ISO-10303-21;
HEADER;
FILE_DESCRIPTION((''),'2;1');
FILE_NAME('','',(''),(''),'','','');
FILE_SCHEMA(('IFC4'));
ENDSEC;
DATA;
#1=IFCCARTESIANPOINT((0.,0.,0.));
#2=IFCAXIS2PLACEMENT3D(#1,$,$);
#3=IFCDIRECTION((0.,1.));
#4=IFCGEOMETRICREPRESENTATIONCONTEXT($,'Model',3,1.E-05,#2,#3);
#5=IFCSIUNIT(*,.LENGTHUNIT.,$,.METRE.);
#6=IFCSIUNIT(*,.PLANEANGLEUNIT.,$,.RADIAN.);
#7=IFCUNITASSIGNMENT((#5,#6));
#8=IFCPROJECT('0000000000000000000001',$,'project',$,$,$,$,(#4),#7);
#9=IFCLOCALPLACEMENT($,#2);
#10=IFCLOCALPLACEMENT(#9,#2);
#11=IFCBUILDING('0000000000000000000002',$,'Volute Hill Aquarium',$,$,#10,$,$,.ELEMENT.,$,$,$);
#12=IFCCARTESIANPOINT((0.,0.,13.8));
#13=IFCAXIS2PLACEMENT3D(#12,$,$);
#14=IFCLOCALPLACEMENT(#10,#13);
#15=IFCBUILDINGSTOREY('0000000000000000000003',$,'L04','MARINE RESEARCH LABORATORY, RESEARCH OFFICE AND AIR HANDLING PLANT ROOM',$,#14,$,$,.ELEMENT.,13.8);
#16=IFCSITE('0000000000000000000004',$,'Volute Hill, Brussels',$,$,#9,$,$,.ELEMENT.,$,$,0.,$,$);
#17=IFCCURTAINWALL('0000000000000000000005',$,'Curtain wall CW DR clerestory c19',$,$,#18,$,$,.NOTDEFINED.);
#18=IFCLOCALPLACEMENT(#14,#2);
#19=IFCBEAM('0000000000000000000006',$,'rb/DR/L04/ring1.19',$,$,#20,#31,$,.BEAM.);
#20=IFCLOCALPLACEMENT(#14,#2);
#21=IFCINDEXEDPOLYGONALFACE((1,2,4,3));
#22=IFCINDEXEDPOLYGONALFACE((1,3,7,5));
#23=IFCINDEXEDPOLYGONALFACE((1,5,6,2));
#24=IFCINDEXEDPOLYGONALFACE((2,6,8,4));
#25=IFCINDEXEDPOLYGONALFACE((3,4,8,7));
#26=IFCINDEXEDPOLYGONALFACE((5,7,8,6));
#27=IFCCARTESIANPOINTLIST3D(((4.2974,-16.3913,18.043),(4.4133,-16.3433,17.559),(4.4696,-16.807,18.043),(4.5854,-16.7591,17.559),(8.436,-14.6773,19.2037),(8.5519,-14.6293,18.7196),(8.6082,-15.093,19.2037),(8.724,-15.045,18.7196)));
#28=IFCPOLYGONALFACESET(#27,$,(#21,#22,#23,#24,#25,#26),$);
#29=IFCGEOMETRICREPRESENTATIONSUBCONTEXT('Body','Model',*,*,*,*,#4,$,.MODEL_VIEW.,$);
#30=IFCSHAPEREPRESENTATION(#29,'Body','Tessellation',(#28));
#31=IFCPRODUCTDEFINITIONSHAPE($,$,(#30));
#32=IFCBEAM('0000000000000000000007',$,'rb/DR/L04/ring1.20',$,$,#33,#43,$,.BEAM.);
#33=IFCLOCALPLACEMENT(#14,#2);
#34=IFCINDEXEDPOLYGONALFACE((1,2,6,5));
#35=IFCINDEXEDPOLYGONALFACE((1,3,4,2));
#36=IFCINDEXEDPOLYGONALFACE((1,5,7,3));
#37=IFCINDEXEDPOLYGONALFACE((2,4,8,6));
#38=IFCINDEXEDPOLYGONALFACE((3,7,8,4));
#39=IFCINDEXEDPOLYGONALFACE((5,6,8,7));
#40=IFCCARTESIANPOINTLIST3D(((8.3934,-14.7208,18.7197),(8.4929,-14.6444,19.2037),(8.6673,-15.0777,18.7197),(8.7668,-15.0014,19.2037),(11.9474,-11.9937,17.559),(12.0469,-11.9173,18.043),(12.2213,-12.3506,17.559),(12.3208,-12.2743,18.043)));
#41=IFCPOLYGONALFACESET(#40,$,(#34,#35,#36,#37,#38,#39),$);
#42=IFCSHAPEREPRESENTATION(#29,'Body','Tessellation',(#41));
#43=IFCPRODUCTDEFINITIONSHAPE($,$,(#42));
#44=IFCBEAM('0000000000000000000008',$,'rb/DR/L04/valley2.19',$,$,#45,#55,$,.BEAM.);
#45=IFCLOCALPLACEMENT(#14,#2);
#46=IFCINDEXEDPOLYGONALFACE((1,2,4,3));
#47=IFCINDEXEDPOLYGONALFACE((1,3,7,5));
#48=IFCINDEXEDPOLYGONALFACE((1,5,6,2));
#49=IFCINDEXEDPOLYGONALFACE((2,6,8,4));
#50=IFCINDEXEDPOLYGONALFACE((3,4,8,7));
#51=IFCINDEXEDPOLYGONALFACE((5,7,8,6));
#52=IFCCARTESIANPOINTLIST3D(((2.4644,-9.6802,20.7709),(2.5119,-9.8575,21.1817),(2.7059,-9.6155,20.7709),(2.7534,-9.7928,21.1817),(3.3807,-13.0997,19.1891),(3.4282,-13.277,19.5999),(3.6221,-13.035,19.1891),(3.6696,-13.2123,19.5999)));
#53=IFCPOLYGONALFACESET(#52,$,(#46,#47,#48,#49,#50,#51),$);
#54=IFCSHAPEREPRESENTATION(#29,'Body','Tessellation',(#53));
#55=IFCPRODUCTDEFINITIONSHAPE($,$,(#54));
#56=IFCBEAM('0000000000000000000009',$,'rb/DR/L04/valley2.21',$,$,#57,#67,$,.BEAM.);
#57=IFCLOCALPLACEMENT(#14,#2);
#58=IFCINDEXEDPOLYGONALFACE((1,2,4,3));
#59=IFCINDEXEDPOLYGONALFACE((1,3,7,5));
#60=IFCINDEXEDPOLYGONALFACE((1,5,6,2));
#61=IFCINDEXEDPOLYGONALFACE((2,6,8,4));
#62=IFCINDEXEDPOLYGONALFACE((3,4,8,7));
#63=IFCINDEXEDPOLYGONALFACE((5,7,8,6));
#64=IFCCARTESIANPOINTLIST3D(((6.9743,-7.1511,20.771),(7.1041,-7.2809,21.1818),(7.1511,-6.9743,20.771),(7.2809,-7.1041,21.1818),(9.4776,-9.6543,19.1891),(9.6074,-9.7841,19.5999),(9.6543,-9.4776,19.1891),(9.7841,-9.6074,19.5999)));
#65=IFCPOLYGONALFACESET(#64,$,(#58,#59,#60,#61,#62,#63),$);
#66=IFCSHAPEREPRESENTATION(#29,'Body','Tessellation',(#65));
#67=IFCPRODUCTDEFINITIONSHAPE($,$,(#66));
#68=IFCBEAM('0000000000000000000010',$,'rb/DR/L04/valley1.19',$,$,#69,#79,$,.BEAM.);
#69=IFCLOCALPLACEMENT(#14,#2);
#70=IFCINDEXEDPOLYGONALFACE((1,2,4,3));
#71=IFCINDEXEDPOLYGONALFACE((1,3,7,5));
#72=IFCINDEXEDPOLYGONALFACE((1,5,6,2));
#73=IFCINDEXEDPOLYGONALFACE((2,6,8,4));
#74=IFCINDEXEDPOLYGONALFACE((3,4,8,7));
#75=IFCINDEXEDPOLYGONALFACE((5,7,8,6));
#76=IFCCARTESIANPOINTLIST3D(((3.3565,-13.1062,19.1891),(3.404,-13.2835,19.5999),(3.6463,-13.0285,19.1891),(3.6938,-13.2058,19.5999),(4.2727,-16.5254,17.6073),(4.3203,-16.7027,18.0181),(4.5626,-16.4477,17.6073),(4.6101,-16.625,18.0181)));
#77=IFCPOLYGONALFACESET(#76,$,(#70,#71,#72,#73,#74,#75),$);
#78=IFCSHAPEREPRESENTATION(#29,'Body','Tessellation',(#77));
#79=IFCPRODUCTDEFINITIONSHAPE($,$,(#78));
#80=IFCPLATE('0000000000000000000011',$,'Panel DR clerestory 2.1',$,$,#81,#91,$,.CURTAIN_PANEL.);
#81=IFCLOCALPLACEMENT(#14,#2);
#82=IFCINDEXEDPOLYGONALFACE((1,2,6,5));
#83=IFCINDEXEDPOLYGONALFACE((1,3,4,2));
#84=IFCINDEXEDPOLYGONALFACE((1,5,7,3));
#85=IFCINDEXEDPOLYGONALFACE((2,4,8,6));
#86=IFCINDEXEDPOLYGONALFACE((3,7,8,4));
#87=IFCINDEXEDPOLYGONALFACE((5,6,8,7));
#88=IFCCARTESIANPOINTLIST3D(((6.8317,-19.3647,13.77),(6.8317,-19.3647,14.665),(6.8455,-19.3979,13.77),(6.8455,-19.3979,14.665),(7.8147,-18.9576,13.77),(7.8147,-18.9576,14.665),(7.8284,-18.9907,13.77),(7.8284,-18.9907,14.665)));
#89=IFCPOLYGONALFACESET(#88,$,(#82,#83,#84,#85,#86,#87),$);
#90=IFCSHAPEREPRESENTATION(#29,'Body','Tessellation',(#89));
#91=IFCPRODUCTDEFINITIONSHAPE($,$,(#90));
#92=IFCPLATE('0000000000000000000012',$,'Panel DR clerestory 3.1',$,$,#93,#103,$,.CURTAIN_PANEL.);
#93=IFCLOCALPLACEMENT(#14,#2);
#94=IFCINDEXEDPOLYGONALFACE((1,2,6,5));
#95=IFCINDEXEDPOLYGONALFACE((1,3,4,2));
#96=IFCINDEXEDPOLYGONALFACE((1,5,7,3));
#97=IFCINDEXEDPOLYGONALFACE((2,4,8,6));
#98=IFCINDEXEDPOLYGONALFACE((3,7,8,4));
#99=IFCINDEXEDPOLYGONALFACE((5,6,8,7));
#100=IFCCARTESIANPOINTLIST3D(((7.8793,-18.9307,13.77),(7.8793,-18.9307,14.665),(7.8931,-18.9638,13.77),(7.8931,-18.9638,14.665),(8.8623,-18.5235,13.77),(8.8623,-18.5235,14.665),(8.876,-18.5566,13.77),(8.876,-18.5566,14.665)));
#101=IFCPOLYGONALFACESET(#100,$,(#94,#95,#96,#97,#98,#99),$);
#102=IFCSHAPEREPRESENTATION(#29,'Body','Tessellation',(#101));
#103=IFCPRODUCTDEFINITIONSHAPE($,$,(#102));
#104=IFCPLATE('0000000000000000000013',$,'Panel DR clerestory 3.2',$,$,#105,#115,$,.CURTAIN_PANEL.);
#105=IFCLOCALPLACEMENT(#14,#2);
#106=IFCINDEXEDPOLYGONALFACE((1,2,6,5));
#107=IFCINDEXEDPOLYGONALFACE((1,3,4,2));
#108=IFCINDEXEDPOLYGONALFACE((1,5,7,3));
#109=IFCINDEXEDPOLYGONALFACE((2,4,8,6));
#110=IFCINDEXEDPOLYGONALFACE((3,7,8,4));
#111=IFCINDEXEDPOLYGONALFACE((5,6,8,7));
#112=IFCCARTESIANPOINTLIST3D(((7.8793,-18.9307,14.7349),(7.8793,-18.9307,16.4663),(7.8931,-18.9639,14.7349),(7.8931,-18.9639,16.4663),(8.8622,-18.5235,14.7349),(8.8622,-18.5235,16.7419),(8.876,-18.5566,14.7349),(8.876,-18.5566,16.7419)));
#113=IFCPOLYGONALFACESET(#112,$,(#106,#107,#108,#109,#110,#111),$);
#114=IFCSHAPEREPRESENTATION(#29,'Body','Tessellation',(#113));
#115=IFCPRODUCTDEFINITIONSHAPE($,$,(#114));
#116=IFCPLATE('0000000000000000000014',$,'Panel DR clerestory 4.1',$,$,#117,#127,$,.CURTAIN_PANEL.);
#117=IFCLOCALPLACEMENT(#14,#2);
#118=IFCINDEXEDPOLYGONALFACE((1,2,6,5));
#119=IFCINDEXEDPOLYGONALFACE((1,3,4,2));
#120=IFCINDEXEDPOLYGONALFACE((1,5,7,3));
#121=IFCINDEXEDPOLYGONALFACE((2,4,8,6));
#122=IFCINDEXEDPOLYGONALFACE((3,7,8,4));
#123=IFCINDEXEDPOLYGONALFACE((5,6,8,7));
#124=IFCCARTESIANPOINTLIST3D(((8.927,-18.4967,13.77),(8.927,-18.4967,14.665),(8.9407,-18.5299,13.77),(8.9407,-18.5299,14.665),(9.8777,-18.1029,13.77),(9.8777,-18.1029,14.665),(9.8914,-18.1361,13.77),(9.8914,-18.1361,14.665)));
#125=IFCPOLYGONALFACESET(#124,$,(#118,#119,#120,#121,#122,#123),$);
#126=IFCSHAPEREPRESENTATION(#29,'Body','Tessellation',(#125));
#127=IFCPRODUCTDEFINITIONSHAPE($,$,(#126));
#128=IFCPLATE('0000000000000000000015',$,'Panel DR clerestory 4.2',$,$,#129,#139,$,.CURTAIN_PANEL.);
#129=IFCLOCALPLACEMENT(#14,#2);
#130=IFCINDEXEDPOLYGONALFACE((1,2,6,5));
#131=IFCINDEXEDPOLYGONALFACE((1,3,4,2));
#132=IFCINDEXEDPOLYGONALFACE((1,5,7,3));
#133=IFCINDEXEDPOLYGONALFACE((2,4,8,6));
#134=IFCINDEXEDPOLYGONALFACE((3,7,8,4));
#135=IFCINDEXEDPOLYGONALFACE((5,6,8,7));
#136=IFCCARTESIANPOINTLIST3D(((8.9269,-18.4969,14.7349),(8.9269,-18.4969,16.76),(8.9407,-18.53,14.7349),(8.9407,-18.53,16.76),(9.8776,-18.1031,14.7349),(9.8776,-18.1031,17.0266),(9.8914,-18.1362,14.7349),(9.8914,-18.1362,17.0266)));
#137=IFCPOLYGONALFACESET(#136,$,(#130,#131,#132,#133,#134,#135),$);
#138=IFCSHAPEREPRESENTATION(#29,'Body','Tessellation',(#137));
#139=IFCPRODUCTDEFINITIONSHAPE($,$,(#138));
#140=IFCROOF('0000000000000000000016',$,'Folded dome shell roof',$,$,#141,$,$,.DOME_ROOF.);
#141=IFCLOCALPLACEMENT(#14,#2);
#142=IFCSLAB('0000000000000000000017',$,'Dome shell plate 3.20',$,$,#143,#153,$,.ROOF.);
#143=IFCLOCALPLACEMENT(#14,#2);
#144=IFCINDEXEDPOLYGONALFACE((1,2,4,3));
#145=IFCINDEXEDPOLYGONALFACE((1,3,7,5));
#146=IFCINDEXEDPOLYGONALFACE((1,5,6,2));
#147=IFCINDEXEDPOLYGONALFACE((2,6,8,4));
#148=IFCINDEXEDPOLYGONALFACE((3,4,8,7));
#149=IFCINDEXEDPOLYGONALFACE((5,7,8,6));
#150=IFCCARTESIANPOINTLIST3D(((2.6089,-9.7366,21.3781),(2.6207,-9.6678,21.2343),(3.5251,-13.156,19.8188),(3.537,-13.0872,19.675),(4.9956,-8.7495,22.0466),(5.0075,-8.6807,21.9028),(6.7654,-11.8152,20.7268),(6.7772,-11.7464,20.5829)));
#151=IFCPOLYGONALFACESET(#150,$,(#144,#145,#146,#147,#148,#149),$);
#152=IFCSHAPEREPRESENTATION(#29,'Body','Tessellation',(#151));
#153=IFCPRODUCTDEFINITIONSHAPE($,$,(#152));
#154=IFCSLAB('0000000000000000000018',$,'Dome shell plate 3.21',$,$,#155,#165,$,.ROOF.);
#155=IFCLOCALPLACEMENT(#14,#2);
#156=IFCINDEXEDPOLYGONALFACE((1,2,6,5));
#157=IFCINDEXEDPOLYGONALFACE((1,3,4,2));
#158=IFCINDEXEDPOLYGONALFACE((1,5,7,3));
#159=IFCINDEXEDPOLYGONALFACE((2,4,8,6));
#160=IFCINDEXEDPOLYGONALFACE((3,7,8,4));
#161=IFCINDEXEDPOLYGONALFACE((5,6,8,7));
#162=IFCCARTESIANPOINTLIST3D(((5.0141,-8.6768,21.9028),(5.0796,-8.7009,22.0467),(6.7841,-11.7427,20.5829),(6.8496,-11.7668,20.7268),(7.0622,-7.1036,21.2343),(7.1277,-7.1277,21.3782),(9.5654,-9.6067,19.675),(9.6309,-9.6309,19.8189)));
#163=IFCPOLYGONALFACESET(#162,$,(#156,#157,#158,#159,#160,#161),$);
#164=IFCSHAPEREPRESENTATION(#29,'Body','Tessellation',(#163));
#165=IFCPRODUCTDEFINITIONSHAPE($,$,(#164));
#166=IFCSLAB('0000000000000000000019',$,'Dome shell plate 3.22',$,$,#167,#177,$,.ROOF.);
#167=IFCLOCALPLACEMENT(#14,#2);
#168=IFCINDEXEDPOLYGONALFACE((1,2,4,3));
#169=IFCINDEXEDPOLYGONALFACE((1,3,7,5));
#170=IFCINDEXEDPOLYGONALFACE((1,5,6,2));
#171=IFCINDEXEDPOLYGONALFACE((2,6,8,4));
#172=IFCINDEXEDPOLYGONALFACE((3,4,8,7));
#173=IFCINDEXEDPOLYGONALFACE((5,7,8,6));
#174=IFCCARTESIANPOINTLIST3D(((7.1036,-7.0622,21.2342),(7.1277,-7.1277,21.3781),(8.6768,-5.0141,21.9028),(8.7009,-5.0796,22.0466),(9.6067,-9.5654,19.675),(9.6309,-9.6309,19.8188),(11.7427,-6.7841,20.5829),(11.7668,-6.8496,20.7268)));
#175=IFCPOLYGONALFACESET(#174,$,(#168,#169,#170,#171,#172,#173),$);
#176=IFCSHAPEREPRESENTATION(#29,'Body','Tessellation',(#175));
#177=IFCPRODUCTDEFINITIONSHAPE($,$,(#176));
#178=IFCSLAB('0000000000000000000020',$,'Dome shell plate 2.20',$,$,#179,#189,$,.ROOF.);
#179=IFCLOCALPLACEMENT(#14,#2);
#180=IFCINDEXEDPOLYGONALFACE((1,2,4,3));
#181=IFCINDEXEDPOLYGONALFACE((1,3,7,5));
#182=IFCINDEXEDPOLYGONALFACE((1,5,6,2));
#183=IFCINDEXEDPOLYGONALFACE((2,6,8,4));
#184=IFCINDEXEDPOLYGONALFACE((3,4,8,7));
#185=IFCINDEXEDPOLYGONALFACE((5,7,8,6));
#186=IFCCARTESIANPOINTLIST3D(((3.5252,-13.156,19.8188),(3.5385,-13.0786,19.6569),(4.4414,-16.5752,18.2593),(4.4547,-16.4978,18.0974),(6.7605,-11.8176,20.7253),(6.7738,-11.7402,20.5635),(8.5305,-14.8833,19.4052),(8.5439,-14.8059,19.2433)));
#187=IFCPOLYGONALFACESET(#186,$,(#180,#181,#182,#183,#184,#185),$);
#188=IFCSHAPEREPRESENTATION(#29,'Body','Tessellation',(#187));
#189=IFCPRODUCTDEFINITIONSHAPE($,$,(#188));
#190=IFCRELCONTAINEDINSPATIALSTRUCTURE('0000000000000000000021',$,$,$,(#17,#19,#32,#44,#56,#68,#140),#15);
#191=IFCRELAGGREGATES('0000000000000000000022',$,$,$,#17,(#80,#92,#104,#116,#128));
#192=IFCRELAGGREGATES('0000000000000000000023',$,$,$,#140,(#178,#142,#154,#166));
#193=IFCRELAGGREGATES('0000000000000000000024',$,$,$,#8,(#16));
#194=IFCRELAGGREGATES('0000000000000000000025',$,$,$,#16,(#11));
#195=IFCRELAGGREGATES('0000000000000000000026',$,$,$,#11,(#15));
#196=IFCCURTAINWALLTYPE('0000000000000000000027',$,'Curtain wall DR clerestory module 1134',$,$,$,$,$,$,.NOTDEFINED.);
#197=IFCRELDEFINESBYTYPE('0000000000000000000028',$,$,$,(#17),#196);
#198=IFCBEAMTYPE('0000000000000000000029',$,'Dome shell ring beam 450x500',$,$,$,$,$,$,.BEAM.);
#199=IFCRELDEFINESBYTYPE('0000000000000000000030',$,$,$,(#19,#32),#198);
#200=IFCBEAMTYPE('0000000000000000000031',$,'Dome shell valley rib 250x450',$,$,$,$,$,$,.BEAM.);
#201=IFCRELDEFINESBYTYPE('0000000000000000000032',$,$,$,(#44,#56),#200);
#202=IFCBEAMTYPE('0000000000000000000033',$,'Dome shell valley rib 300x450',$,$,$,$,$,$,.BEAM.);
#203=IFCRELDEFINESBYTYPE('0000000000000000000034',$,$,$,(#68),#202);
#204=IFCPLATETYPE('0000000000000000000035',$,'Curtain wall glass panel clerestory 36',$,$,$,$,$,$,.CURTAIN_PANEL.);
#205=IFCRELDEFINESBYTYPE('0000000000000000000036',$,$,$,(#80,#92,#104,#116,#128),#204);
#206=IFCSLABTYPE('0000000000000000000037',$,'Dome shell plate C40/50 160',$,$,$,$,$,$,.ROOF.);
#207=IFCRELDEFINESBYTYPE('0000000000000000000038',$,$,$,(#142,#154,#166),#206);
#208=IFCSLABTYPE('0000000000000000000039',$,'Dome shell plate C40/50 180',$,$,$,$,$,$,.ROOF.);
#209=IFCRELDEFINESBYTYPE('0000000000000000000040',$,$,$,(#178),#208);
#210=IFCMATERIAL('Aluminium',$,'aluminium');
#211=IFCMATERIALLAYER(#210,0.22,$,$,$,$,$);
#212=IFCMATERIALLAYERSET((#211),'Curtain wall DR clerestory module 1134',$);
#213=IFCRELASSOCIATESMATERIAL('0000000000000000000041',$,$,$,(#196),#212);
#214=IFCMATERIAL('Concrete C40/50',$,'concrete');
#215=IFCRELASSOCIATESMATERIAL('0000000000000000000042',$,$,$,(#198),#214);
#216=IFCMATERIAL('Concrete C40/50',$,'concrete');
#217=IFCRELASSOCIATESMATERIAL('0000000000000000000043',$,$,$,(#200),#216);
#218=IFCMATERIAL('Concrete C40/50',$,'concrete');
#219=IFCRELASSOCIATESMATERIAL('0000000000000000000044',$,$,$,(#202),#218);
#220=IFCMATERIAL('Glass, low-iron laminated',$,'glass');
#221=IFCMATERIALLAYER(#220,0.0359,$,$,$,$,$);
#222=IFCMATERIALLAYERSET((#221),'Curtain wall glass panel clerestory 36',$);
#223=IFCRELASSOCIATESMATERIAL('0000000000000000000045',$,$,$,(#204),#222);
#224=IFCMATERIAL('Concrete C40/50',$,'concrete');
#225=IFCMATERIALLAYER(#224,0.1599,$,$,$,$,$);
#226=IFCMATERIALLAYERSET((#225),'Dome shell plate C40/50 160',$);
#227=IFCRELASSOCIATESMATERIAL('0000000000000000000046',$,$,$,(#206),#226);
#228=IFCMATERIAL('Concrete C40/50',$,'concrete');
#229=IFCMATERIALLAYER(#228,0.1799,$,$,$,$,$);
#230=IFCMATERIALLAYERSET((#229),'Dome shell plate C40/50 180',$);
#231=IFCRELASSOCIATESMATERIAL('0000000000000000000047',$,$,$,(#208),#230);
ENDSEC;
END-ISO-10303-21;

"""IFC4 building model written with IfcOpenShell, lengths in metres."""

from ifc_helpers import new_model, si_unit, direction, frame, origin, origin_2d, place, context, subcontext, project, spatial, polyline, rectangle, outline, extrude, material, layer, layer_set, material_profile, profile_set, type_object, element, aggregate, save


model = new_model("IFC4")

# Units and contexts
model_context = context("Model", 3, precision=1e-05, world=origin(), true_north=direction((0.0, 1.0)))
body_context = subcontext(model_context, "Body", "Model", "MODEL_VIEW")
ifc_project = project(units=[si_unit("LENGTHUNIT", "METRE"), si_unit("PLANEANGLEUNIT", "RADIAN")], contexts=[model_context])

# Site, building, storey
site_placement = place(None, origin())
site = spatial("IfcSite", under=ifc_project, at=site_placement, Name="Volute Hill, Brussels", CompositionType="ELEMENT", RefElevation=0.0)
building_placement = place(site_placement, origin())
building = spatial("IfcBuilding", under=site, at=building_placement, Name="Volute Hill Aquarium", CompositionType="ELEMENT")
storey_placement = place(building_placement, frame((0.0, 0.0, 13.8)))
storey = spatial("IfcBuildingStorey", under=building, at=storey_placement, Name="L04", Description="MARINE RESEARCH LABORATORY, RESEARCH OFFICE AND AIR HANDLING PLANT ROOM", CompositionType="ELEMENT", Elevation=13.8)

# Curtain wall
ifc_material_1 = material(Name="Aluminium", Category="aluminium")
ifc_layer_1 = layer(ifc_material_1, 0.22)
ifc_layer_set_1 = layer_set([ifc_layer_1], Name="Curtain wall DR clerestory module 1134")
curtain_wall_type = type_object("IfcCurtainWallType", Name="Curtain wall DR clerestory module 1134", PredefinedType="NOTDEFINED", material=ifc_layer_set_1)
curtain_wall_1_placement = place(storey_placement, origin())
curtain_wall_1 = element("IfcCurtainWall", 1, at=curtain_wall_1_placement, inside=storey, type_object=curtain_wall_type, Name="Curtain wall CW DR clerestory c19", PredefinedType="NOTDEFINED")

# Beams
ifc_material_2 = material(Name="Concrete C40/50", Category="concrete")
ifc_material_profile_1 = material_profile(ifc_material_2, rectangle(XDim=0.45, YDim=0.5, at=origin_2d()), Name="RC beam 450x500")
ifc_profile_set_1 = profile_set([ifc_material_profile_1], Name="Concrete C40/50")
beam_type_1 = type_object("IfcBeamType", Name="Dome shell ring beam 450x500", PredefinedType="BEAM", material=ifc_profile_set_1)
beam_1_placement = place(storey_placement, frame((4.4414, -16.5752, 17.801), z_axis=(0.894362, 0.370417, 0.250814), x_axis=(-0.382649, 0.923894, 0.0)))
element("IfcBeam", 2, at=beam_1_placement, inside=storey, type_object=beam_type_1, Name="rb/DR/L04/ring1.19", PredefinedType="BEAM", context=body_context, shape_type="SweptSolid", body=[
    extrude(rectangle(XDim=0.45, YDim=0.5, at=origin_2d()), origin(), (0.0, 0.0, 1.0), 4.6274),
])
beam_2_placement = place(storey_placement, frame((8.5801, -14.8611, 18.9617), z_axis=(0.767994, 0.589304, -0.25081), x_axis=(-0.608762, 0.793353, 0.0)))
element("IfcBeam", 3, at=beam_2_placement, inside=storey, type_object=beam_type_1, Name="rb/DR/L04/ring1.20", PredefinedType="BEAM", context=body_context, shape_type="SweptSolid", body=[
    extrude(rectangle(XDim=0.45, YDim=0.5, at=origin_2d()), origin(), (0.0, 0.0, 1.0), 4.6277),
])
ifc_material_3 = material(Name="Concrete C40/50", Category="concrete")
ifc_material_profile_2 = material_profile(ifc_material_3, rectangle(XDim=0.25, YDim=0.45, at=origin_2d()), Name="RC rib 250x450")
ifc_profile_set_2 = profile_set([ifc_material_profile_2], Name="Concrete C40/50")
beam_type_2 = type_object("IfcBeamType", Name="Dome shell valley rib 250x450", PredefinedType="BEAM", material=ifc_profile_set_2)
for number, where, z_axis, x_axis, name in (
    (4, (3.5251, -13.156, 19.3945), (-0.236309, 0.881892, 0.407952), (-0.965924, -0.258826, 0.0), "rb/DR/L04/valley2.19"),
    (5, (9.6309, -9.6309, 19.3945), (-0.64559, 0.64559, 0.407956), (-0.707107, -0.707107, 0.0), "rb/DR/L04/valley2.21"),
):
    element("IfcBeam", number, at=place(storey_placement, frame(where, z_axis=z_axis, x_axis=x_axis)), inside=storey, type_object=beam_type_2, Name=name, PredefinedType="BEAM", context=body_context, shape_type="SweptSolid", body=[
        extrude(rectangle(XDim=0.25, YDim=0.45, at=origin_2d()), origin(), (0.0, 0.0, 1.0), 3.8774),
    ])
ifc_material_4 = material(Name="Concrete C40/50", Category="concrete")
ifc_material_profile_3 = material_profile(ifc_material_4, rectangle(XDim=0.3, YDim=0.45, at=origin_2d()), Name="RC rib 300x450")
ifc_profile_set_3 = profile_set([ifc_material_profile_3], Name="Concrete C40/50")
beam_type_3 = type_object("IfcBeamType", Name="Dome shell valley rib 300x450", PredefinedType="BEAM", material=ifc_profile_set_3)
beam_3_placement = place(storey_placement, frame((4.4414, -16.5752, 17.8127), z_axis=(-0.236322, 0.881878, 0.407975), x_axis=(-0.965919, -0.258843, 0.0)))
element("IfcBeam", 6, at=beam_3_placement, inside=storey, type_object=beam_type_3, Name="rb/DR/L04/valley1.19", PredefinedType="BEAM", context=body_context, shape_type="SweptSolid", body=[
    extrude(rectangle(XDim=0.3, YDim=0.45, at=origin_2d()), origin(), (0.0, 0.0, 1.0), 3.8772),
])

# Plates
ifc_material_5 = material(Name="Glass, low-iron laminated", Category="glass")
ifc_layer_2 = layer(ifc_material_5, 0.0359)
ifc_layer_set_2 = layer_set([ifc_layer_2], Name="Curtain wall glass panel clerestory 36")
plate_type = type_object("IfcPlateType", Name="Curtain wall glass panel clerestory 36", PredefinedType="CURTAIN_PANEL", material=ifc_layer_set_2)
plate_1_placement = place(storey_placement, frame((7.3301, -19.1777, 13.77), z_axis=(0.0, 0.0, 1.0), x_axis=(0.923874, 0.382696, 0.0)))
plate_1 = element("IfcPlate", 7, at=plate_1_placement, type_object=plate_type, Name="Panel DR clerestory 2.1", PredefinedType="CURTAIN_PANEL", context=body_context, shape_type="SweptSolid", body=[
    extrude(rectangle(XDim=1.064, YDim=0.0359, at=origin_2d()), origin(), (0.0, 0.0, 1.0), 0.895),
])
plate_2_placement = place(storey_placement, frame((8.3777, -18.7437, 13.77), z_axis=(0.0, 0.0, 1.0), x_axis=(0.923874, 0.382696, 0.0)))
plate_2 = element("IfcPlate", 8, at=plate_2_placement, type_object=plate_type, Name="Panel DR clerestory 3.1", PredefinedType="CURTAIN_PANEL", context=body_context, shape_type="SweptSolid", body=[
    extrude(rectangle(XDim=1.064, YDim=0.0359, at=origin_2d()), origin(), (0.0, 0.0, 1.0), 0.895),
])
plate_3_placement = place(storey_placement, frame((7.8931, -18.9639, 14.7349), z_axis=(0.382757, -0.923849, 0.0), x_axis=(0.923849, 0.382757, 0.0)))
plate_3 = element("IfcPlate", 9, at=plate_3_placement, type_object=plate_type, Name="Panel DR clerestory 3.2", PredefinedType="CURTAIN_PANEL", context=body_context, shape_type="SweptSolid", body=[
    extrude(outline(polyline([(0.0, 0.0), (1.0639, 0.0), (1.0639, 2.0071), (0.0, 1.7314), (0.0, 0.0)])), origin(), (0.0, 0.0, -1.0), 0.0359),
])
plate_4_placement = place(storey_placement, frame((9.4092, -18.3164, 13.77), z_axis=(0.0, 0.0, 1.0), x_axis=(0.923874, 0.382696, 0.0)))
plate_4 = element("IfcPlate", 10, at=plate_4_placement, type_object=plate_type, Name="Panel DR clerestory 4.1", PredefinedType="CURTAIN_PANEL", context=body_context, shape_type="SweptSolid", body=[
    extrude(rectangle(XDim=1.0291, YDim=0.0359, at=origin_2d()), origin(), (0.0, 0.0, 1.0), 0.895),
])
plate_5_placement = place(storey_placement, frame((8.9407, -18.53, 14.7349), z_axis=(0.382694, -0.923875, 0.0), x_axis=(0.923875, 0.382694, 0.0)))
plate_5 = element("IfcPlate", 11, at=plate_5_placement, type_object=plate_type, Name="Panel DR clerestory 4.2", PredefinedType="CURTAIN_PANEL", context=body_context, shape_type="SweptSolid", body=[
    extrude(outline(polyline([(0.0, 0.0), (1.029, 0.0), (1.029, 2.2917), (0.0, 2.0251), (0.0, 0.0)])), origin(), (0.0, 0.0, -1.0), 0.0359),
])
aggregate(curtain_wall_1, [plate_1, plate_2, plate_3, plate_4, plate_5])

# Roof, slabs
roof_placement = place(storey_placement, origin())
roof = element("IfcRoof", 12, at=roof_placement, inside=storey, Name="Folded dome shell roof", PredefinedType="DOME_ROOF")
ifc_material_6 = material(Name="Concrete C40/50", Category="concrete")
ifc_layer_3 = layer(ifc_material_6, 0.1599)
ifc_layer_set_3 = layer_set([ifc_layer_3], Name="Dome shell plate C40/50 160")
slab_type_1 = type_object("IfcSlabType", Name="Dome shell plate C40/50 160", PredefinedType="ROOF", material=ifc_layer_set_3)
slab_1_placement = place(storey_placement, frame((3.5251, -13.156, 19.8188), z_axis=(-0.074111, -0.430137, 0.899716), x_axis=(0.894516, 0.370157, 0.250648)))
slab_1 = element("IfcSlab", 13, at=slab_1_placement, type_object=slab_type_1, Name="Dome shell plate 3.20", PredefinedType="ROOF", context=body_context, shape_type="SweptSolid", body=[
    extrude(outline(polyline([(0.0, 0.0), (3.6223, 0.0), (3.5048, 3.7761), (0.837, 3.7766), (0.0, 0.0)])), origin(), (0.0, 0.0, -1.0), 0.1599),
])
slab_2_placement = place(storey_placement, frame((6.8496, -11.7668, 20.7268), z_axis=(0.409571, -0.150876, 0.899716), x_axis=(0.767787, 0.589649, -0.250634)))
slab_2 = element("IfcSlab", 14, at=slab_2_placement, type_object=slab_type_1, Name="Dome shell plate 3.21", PredefinedType="ROOF", context=body_context, shape_type="SweptSolid", body=[
    extrude(outline(polyline([(0.0, 0.0), (3.6225, 0.0), (2.7857, 3.7767), (0.118, 3.7764), (0.0, 0.0)])), origin(), (0.0, 0.0, -1.0), 0.1599),
])
slab_3_placement = place(storey_placement, frame((9.6309, -9.6309, 19.8188), z_axis=(0.150876, -0.409571, 0.899716), x_axis=(0.589649, 0.767787, 0.250634)))
slab_3 = element("IfcSlab", 15, at=slab_3_placement, type_object=slab_type_1, Name="Dome shell plate 3.22", PredefinedType="ROOF", context=body_context, shape_type="SweptSolid", body=[
    extrude(outline(polyline([(0.0, 0.0), (3.6225, 0.0), (3.5044, 3.7764), (0.8367, 3.7767), (0.0, 0.0)])), origin(), (0.0, 0.0, -1.0), 0.1599),
])
ifc_material_7 = material(Name="Concrete C40/50", Category="concrete")
ifc_layer_4 = layer(ifc_material_7, 0.1799)
ifc_layer_set_4 = layer_set([ifc_layer_4], Name="Dome shell plate C40/50 180")
slab_type_2 = type_object("IfcSlabType", Name="Dome shell plate C40/50 180", PredefinedType="ROOF", material=ifc_layer_set_4)
slab_4_placement = place(storey_placement, frame((4.4414, -16.5752, 18.2593), z_axis=(-0.074124, -0.430213, 0.899679), x_axis=(0.894522, 0.370118, 0.250684)))
slab_4 = element("IfcSlab", 16, at=slab_4_placement, type_object=slab_type_2, Name="Dome shell plate 2.20", PredefinedType="ROOF", context=body_context, shape_type="SweptSolid", body=[
    extrude(outline(polyline([(0.0, 0.0), (4.5713, 0.0), (4.4535, 3.7762), (0.8369, 3.7765), (0.0, 0.0)])), origin(), (0.0, 0.0, -1.0), 0.1799),
])
aggregate(roof, [slab_4, slab_1, slab_2, slab_3])

save(model, "model.ifc")
